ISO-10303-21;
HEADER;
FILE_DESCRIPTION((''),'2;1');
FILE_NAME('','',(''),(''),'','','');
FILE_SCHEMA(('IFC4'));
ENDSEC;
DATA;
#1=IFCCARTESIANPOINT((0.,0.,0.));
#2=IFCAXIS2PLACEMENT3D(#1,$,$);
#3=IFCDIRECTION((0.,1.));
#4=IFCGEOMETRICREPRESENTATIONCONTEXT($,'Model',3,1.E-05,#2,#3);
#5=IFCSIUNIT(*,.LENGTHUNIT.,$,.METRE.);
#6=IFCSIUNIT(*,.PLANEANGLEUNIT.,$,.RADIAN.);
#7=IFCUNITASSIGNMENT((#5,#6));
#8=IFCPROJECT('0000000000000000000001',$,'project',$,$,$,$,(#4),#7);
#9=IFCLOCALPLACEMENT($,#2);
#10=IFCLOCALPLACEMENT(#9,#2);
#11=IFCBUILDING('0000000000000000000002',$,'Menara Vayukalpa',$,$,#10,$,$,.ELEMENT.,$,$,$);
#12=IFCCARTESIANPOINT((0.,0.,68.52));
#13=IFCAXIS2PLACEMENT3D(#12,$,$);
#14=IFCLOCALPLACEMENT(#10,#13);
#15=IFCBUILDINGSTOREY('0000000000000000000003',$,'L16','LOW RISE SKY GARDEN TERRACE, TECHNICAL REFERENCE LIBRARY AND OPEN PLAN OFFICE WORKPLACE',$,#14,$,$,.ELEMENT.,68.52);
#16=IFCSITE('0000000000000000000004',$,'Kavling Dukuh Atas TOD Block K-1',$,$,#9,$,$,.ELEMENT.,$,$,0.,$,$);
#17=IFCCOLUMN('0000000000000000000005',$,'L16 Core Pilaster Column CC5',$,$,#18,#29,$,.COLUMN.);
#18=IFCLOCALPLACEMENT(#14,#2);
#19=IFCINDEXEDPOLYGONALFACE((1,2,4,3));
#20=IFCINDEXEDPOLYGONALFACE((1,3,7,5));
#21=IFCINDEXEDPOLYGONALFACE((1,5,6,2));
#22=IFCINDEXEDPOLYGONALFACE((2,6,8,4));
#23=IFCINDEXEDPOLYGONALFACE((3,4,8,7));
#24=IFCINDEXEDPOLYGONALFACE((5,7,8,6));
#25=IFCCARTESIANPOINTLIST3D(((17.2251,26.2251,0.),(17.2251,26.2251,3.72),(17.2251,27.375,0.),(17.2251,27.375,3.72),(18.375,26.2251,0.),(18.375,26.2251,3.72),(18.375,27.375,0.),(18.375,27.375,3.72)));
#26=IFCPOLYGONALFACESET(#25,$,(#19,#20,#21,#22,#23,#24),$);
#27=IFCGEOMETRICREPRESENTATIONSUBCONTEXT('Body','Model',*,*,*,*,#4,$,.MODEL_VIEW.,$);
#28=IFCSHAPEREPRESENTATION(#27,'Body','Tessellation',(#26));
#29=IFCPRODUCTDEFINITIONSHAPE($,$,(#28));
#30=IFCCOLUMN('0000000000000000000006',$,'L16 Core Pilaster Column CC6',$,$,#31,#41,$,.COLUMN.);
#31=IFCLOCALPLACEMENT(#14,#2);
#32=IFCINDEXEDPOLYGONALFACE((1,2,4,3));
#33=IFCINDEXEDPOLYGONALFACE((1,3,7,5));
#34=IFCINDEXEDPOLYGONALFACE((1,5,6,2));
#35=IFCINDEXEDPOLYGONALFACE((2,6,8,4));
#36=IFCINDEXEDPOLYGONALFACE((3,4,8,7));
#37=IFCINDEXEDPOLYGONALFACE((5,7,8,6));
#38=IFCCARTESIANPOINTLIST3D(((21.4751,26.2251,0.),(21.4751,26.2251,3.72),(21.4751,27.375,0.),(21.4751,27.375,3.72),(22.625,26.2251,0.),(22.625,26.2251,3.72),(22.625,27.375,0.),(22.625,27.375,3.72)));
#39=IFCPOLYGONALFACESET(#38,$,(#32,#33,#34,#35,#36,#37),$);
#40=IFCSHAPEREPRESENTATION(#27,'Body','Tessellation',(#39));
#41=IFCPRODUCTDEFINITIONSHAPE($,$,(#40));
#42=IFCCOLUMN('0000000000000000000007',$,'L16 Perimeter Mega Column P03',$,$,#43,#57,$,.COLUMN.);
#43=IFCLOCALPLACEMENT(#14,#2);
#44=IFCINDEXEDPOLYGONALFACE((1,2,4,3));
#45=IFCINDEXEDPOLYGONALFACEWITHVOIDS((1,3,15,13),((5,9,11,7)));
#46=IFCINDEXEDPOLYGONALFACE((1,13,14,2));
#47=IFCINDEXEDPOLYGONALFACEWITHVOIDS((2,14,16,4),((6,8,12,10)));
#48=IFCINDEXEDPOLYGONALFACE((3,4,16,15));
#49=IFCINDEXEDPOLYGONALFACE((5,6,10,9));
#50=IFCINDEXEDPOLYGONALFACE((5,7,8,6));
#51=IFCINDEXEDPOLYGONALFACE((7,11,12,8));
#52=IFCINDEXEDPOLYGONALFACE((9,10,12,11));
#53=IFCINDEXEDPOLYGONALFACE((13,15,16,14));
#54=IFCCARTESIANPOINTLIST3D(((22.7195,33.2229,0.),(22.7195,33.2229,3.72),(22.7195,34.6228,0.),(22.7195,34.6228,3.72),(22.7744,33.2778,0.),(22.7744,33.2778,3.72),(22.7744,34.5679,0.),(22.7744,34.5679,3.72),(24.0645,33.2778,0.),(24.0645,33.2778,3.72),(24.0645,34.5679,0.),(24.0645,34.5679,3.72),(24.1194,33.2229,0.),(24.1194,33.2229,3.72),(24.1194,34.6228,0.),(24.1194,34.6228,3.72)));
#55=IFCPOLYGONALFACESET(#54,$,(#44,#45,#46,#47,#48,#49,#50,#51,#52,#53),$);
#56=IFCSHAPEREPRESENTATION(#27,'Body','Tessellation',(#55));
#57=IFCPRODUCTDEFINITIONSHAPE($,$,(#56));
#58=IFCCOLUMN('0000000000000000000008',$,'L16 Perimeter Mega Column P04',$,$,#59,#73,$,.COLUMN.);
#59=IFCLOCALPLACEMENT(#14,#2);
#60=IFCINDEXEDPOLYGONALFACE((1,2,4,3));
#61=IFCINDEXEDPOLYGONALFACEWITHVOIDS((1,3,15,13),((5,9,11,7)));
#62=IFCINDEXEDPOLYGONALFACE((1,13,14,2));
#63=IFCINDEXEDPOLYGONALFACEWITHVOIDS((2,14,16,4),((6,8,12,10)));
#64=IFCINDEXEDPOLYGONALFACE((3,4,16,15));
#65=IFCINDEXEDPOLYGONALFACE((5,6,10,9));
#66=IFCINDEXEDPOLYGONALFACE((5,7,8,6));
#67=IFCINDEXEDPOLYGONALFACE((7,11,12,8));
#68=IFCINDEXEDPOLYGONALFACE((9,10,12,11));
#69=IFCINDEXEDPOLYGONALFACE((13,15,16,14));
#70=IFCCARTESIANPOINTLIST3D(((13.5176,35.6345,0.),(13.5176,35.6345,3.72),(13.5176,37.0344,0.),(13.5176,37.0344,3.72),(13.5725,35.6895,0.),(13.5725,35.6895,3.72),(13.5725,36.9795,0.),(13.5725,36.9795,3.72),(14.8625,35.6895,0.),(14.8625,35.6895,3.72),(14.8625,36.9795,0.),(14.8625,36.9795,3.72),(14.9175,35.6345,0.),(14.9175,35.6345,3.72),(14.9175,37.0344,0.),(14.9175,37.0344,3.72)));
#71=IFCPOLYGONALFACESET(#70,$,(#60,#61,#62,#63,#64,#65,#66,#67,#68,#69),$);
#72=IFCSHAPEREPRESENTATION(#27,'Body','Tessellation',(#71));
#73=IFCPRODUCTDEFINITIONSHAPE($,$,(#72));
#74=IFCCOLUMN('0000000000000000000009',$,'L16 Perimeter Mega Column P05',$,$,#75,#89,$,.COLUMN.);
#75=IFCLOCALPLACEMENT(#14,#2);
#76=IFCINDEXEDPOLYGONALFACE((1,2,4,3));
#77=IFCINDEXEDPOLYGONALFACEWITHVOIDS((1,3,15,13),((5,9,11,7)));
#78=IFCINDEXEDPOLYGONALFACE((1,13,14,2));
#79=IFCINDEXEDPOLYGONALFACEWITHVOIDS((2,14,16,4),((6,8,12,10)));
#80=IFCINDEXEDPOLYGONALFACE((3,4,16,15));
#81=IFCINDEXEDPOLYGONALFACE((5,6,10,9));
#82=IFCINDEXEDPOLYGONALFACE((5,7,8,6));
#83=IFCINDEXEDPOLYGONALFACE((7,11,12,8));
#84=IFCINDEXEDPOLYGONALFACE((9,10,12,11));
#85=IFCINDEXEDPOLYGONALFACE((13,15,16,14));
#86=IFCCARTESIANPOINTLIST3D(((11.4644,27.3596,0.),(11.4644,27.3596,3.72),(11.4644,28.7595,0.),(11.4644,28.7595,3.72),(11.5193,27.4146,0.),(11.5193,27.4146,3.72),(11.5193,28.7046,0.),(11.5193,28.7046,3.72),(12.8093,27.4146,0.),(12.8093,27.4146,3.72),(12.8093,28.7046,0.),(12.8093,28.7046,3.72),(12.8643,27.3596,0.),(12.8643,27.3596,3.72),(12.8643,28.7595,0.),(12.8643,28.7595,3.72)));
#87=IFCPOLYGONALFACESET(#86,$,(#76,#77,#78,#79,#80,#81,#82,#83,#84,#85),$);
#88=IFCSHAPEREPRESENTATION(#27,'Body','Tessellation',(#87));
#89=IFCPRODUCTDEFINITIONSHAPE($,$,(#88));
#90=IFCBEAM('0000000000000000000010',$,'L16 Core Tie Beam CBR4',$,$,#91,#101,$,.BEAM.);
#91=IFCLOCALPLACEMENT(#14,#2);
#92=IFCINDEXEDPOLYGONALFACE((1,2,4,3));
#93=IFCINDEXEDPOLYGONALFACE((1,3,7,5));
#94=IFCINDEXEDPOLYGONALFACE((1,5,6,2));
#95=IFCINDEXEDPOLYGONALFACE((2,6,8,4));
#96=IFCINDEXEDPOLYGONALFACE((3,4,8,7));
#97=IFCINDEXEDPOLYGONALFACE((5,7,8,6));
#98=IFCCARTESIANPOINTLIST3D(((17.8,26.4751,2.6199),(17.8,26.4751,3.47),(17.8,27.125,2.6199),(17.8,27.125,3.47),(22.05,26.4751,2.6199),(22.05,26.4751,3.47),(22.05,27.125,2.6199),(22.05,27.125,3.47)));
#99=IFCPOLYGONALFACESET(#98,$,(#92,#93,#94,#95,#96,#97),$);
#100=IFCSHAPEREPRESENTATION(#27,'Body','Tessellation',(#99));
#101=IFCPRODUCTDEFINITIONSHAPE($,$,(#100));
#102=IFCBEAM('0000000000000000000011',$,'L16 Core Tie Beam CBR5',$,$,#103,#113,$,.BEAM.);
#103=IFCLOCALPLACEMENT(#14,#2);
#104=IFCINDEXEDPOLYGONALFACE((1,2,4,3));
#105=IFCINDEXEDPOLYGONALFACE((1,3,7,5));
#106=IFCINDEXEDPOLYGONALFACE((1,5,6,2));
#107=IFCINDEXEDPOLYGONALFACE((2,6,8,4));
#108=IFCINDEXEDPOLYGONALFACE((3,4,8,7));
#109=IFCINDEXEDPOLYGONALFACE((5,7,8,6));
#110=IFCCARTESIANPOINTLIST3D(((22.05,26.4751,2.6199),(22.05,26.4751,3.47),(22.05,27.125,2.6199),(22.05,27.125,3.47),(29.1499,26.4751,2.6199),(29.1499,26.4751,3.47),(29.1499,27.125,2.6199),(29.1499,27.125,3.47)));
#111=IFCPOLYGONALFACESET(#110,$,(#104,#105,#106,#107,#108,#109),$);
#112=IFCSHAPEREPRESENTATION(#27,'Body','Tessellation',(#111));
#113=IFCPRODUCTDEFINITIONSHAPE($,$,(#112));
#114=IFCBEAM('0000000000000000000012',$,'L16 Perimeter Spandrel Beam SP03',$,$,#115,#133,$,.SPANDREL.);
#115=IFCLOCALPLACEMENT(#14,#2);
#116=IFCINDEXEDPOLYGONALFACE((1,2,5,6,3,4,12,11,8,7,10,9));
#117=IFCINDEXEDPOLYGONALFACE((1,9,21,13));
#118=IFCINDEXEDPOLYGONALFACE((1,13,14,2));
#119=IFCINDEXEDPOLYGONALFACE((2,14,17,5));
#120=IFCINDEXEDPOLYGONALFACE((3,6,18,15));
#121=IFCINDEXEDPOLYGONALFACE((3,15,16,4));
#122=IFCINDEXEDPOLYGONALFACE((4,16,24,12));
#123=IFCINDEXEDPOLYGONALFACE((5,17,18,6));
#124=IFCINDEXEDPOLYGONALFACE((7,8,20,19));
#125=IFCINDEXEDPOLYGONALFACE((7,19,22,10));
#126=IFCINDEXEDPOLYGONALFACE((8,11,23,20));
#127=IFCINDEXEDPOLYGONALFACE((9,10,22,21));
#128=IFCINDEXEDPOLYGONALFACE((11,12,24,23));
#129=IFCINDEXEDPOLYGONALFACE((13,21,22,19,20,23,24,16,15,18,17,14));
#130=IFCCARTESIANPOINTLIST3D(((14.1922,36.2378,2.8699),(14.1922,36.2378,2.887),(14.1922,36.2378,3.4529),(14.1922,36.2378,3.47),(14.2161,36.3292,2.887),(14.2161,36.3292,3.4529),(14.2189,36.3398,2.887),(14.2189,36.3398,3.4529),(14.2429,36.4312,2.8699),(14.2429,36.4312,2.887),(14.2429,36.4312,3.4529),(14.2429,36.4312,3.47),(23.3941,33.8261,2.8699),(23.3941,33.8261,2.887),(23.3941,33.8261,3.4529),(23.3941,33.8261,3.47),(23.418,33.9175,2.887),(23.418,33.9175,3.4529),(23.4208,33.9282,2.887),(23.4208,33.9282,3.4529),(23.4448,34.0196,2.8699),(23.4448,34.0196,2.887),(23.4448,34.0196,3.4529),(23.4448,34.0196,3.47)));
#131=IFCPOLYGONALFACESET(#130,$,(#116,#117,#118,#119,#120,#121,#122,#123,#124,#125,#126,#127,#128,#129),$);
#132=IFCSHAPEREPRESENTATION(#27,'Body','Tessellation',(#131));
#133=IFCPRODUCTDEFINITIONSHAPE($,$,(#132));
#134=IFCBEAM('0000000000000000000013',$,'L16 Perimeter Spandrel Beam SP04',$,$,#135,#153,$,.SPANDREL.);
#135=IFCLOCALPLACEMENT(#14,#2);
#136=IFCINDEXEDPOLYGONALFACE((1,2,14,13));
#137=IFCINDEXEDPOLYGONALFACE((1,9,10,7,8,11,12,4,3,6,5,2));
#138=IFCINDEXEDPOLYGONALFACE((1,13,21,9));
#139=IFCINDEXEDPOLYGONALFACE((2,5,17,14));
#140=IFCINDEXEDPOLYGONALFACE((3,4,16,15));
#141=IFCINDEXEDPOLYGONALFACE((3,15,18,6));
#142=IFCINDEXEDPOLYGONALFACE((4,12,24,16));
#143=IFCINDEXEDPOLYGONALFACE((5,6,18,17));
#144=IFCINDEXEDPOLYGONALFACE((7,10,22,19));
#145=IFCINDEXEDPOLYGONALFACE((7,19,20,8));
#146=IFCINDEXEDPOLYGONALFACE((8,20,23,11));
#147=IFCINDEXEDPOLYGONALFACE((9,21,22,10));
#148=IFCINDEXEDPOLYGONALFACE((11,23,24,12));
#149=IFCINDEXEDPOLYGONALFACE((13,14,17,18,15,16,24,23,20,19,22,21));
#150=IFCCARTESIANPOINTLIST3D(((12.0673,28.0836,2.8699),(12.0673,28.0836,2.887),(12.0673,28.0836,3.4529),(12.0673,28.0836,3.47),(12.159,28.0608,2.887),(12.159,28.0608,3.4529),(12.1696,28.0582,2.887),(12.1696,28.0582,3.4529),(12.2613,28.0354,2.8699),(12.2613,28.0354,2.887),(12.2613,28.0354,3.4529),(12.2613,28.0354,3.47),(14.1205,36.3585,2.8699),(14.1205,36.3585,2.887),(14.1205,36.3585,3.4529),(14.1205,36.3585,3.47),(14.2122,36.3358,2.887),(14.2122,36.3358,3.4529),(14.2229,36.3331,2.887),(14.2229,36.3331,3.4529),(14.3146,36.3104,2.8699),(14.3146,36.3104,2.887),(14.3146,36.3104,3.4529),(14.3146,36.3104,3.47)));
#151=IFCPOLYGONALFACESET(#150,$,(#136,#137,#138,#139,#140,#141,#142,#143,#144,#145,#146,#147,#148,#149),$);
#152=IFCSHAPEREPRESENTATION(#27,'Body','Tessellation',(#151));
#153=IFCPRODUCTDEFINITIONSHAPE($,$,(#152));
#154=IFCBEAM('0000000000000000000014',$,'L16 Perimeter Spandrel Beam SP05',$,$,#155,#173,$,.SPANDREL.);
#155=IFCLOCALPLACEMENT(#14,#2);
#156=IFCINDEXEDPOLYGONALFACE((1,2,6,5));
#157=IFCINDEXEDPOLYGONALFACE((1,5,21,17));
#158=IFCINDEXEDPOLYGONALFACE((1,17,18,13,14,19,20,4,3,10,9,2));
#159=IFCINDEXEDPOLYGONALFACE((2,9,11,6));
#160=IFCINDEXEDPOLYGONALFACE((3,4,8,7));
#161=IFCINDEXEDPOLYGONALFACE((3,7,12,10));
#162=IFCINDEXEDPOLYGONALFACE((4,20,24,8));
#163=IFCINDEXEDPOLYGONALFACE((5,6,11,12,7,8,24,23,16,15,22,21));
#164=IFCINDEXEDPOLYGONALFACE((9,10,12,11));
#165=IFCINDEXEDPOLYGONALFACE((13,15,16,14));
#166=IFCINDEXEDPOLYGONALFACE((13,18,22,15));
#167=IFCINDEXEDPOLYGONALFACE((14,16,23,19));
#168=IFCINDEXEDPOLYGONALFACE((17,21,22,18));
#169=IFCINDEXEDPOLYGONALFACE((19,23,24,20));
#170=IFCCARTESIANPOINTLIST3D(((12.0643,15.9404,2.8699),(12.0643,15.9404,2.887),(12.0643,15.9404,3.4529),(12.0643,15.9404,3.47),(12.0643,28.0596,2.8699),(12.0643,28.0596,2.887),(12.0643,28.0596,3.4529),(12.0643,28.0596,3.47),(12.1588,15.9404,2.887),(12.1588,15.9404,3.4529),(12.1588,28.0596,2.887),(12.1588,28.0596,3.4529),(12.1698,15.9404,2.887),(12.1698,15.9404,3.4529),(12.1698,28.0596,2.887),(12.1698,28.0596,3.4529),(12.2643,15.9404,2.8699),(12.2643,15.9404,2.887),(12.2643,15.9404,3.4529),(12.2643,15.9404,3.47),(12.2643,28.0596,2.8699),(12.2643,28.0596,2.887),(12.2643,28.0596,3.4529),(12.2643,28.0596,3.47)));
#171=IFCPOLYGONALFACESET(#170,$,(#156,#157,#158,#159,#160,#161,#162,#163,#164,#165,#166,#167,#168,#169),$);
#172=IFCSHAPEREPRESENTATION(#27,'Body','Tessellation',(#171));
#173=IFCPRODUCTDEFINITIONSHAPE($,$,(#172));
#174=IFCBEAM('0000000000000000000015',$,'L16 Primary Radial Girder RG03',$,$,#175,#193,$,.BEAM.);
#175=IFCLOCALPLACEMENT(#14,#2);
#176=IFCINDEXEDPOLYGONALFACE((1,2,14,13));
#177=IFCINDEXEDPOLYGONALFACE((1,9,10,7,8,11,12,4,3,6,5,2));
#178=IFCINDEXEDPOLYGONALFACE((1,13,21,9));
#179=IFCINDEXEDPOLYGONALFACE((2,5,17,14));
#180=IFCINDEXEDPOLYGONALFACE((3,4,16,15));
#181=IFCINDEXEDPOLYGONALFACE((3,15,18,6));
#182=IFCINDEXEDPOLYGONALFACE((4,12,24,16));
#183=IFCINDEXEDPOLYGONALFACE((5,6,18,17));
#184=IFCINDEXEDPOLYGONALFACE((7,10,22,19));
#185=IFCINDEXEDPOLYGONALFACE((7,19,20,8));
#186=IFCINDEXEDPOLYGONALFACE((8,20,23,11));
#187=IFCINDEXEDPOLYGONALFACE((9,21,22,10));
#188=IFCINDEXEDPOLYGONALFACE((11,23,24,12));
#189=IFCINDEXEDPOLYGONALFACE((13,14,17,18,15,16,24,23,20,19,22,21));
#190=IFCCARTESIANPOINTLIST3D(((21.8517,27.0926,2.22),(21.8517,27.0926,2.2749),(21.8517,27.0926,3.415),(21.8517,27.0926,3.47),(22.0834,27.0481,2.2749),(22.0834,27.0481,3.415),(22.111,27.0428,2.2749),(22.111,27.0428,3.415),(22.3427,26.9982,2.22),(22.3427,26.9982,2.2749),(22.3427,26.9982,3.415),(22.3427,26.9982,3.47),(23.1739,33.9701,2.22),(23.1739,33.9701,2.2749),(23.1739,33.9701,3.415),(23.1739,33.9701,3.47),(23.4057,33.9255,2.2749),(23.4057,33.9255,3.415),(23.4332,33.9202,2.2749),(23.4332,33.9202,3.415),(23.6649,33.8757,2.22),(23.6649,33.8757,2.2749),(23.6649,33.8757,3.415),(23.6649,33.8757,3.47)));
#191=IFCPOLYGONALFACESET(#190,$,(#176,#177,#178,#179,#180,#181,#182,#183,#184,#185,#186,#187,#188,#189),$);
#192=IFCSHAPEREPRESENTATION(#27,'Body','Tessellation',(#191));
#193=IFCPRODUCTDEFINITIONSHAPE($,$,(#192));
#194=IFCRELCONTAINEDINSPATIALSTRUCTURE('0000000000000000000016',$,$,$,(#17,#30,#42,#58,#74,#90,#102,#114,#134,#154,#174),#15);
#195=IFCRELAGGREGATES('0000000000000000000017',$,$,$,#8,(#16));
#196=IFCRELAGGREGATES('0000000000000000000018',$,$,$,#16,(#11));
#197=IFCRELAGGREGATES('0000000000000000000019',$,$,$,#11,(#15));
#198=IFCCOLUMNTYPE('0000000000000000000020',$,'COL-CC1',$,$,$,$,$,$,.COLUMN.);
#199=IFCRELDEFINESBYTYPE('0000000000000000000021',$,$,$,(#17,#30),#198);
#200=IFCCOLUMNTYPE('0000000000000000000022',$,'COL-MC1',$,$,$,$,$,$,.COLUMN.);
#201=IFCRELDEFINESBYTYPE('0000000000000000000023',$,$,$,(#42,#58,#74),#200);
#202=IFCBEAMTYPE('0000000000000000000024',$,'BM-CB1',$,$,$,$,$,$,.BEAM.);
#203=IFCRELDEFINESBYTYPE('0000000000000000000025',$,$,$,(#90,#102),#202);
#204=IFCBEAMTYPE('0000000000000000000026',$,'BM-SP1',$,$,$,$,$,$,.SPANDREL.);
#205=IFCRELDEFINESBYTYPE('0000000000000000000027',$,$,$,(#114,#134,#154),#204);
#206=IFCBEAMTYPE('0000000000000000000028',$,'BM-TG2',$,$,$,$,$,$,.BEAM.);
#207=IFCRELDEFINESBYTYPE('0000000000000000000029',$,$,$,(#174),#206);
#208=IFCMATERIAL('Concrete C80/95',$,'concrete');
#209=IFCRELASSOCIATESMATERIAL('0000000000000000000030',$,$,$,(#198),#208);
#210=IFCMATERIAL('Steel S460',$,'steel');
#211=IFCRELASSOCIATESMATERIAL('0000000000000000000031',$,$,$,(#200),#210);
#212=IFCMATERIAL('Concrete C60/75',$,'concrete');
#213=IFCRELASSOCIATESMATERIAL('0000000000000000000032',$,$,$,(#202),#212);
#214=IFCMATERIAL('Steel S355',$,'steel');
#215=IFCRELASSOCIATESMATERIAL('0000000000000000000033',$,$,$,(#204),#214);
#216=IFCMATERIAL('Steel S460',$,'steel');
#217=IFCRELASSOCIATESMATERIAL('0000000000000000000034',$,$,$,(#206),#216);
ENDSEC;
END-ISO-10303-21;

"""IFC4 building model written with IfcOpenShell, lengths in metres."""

from ifc_helpers import new_model, si_unit, direction, frame, origin, origin_2d, place, context, subcontext, project, spatial, rectangle, hollow_rectangle, i_section, extrude, material, material_profile, profile_set, type_object, element, save


model = new_model("IFC4")

# Units and contexts
model_context = context("Model", 3, precision=1e-05, world=origin(), true_north=direction((0.0, 1.0)))
body_context = subcontext(model_context, "Body", "Model", "MODEL_VIEW")
ifc_project = project(units=[si_unit("LENGTHUNIT", "METRE"), si_unit("PLANEANGLEUNIT", "RADIAN")], contexts=[model_context])

# Site, building, storey
site_placement = place(None, origin())
site = spatial("IfcSite", under=ifc_project, at=site_placement, Name="Kavling Dukuh Atas TOD Block K-1", CompositionType="ELEMENT", RefElevation=0.0)
building_placement = place(site_placement, origin())
building = spatial("IfcBuilding", under=site, at=building_placement, Name="Menara Vayukalpa", CompositionType="ELEMENT")
storey_placement = place(building_placement, frame((0.0, 0.0, 68.52)))
storey = spatial("IfcBuildingStorey", under=building, at=storey_placement, Name="L16", Description="LOW RISE SKY GARDEN TERRACE, TECHNICAL REFERENCE LIBRARY AND OPEN PLAN OFFICE WORKPLACE", CompositionType="ELEMENT", Elevation=68.52)

# Columns
ifc_material_1 = material(Name="Concrete C80/95", Category="concrete")
ifc_material_profile_1 = material_profile(ifc_material_1, rectangle(XDim=1.1499, YDim=1.1499, at=origin_2d()), Name="RC 1150x1150")
ifc_profile_set_1 = profile_set([ifc_material_profile_1], Name="Concrete C80/95")
column_type_1 = type_object("IfcColumnType", Name="COL-CC1", PredefinedType="COLUMN", material=ifc_profile_set_1)
for number, where, z_axis, x_axis, name in (
    (1, (17.8, 26.8, 0.0), (0.0, 0.0, 1.0), (1.0, 0.0, 0.0), "L16 Core Pilaster Column CC5"),
    (2, (22.05, 26.8, 0.0), (0.0, 0.0, 1.0), (1.0, 0.0, 0.0), "L16 Core Pilaster Column CC6"),
):
    element("IfcColumn", number, at=place(storey_placement, frame(where, z_axis=z_axis, x_axis=x_axis)), inside=storey, type_object=column_type_1, Name=name, PredefinedType="COLUMN", context=body_context, shape_type="SweptSolid", body=[
        extrude(rectangle(XDim=1.1499, YDim=1.1499, at=origin_2d()), origin(), (0.0, 0.0, 1.0), 3.72),
    ])
ifc_material_2 = material(Name="Steel S460", Category="steel")
ifc_material_profile_2 = material_profile(ifc_material_2, hollow_rectangle(XDim=1.3999, YDim=1.3999, WallThickness=0.0549, at=origin_2d()), Name="BOX 1400x1400x55")
ifc_profile_set_2 = profile_set([ifc_material_profile_2], Name="Steel S460")
column_type_2 = type_object("IfcColumnType", Name="COL-MC1", PredefinedType="COLUMN", material=ifc_profile_set_2)
for number, where, z_axis, x_axis, name in (
    (3, (23.4194, 33.9229, 0.0), (0.0, 0.0, 1.0), (1.0, 0.0, 0.0), "L16 Perimeter Mega Column P03"),
    (4, (14.2175, 36.3345, 0.0), (0.0, 0.0, 1.0), (1.0, 0.0, 0.0), "L16 Perimeter Mega Column P04"),
    (5, (12.1643, 28.0596, 0.0), (0.0, 0.0, 1.0), (1.0, 0.0, 0.0), "L16 Perimeter Mega Column P05"),
):
    element("IfcColumn", number, at=place(storey_placement, frame(where, z_axis=z_axis, x_axis=x_axis)), inside=storey, type_object=column_type_2, Name=name, PredefinedType="COLUMN", context=body_context, shape_type="SweptSolid", body=[
        extrude(hollow_rectangle(XDim=1.3999, YDim=1.3999, WallThickness=0.0549, at=origin_2d()), origin(), (0.0, 0.0, 1.0), 3.72),
    ])

# Beams
ifc_material_3 = material(Name="Concrete C60/75", Category="concrete")
ifc_material_profile_3 = material_profile(ifc_material_3, rectangle(XDim=0.6499, YDim=0.8501, at=origin_2d()), Name="RC 650x850")
ifc_profile_set_3 = profile_set([ifc_material_profile_3], Name="Concrete C60/75")
beam_type_1 = type_object("IfcBeamType", Name="BM-CB1", PredefinedType="BEAM", material=ifc_profile_set_3)
beam_1_placement = place(storey_placement, frame((17.8, 26.8, 3.0449), z_axis=(1.0, 0.0, 0.0), x_axis=(0.0, 1.0, 0.0)))
element("IfcBeam", 6, at=beam_1_placement, inside=storey, type_object=beam_type_1, Name="L16 Core Tie Beam CBR4", PredefinedType="BEAM", context=body_context, shape_type="SweptSolid", body=[
    extrude(rectangle(XDim=0.6499, YDim=0.8501, at=origin_2d()), origin(), (0.0, 0.0, 1.0), 4.25),
])
beam_2_placement = place(storey_placement, frame((22.05, 26.8, 3.0449), z_axis=(1.0, 0.0, 0.0), x_axis=(0.0, 1.0, 0.0)))
element("IfcBeam", 7, at=beam_2_placement, inside=storey, type_object=beam_type_1, Name="L16 Core Tie Beam CBR5", PredefinedType="BEAM", context=body_context, shape_type="SweptSolid", body=[
    extrude(rectangle(XDim=0.6499, YDim=0.8501, at=origin_2d()), origin(), (0.0, 0.0, 1.0), 7.0999),
])
ifc_material_4 = material(Name="Steel S355", Category="steel")
ifc_material_profile_4 = material_profile(ifc_material_4, i_section(OverallWidth=0.2, OverallDepth=0.6001, WebThickness=0.011, FlangeThickness=0.0171, at=origin_2d()), Name="WF 600x200x11x17")
ifc_profile_set_4 = profile_set([ifc_material_profile_4], Name="Steel S355")
beam_type_2 = type_object("IfcBeamType", Name="BM-SP1", PredefinedType="SPANDREL", material=ifc_profile_set_4)
beam_3_placement = place(storey_placement, frame((23.4194, 33.9229, 3.1699), z_axis=(-0.967331, 0.253517, 0.0), x_axis=(-0.253517, -0.967331, 0.0)))
element("IfcBeam", 8, at=beam_3_placement, inside=storey, type_object=beam_type_2, Name="L16 Perimeter Spandrel Beam SP03", PredefinedType="SPANDREL", context=body_context, shape_type="SweptSolid", body=[
    extrude(i_section(OverallWidth=0.2, OverallDepth=0.6001, WebThickness=0.011, FlangeThickness=0.0171, at=origin_2d()), origin(), (0.0, 0.0, 1.0), 9.5127),
])
beam_4_placement = place(storey_placement, frame((14.2175, 36.3345, 3.1699), z_axis=(-0.240824, -0.970569, 0.0), x_axis=(0.970569, -0.240824, 0.0)))
element("IfcBeam", 9, at=beam_4_placement, inside=storey, type_object=beam_type_2, Name="L16 Perimeter Spandrel Beam SP04", PredefinedType="SPANDREL", context=body_context, shape_type="SweptSolid", body=[
    extrude(i_section(OverallWidth=0.2, OverallDepth=0.6001, WebThickness=0.011, FlangeThickness=0.0171, at=origin_2d()), origin(), (0.0, 0.0, 1.0), 8.5259),
])
beam_5_placement = place(storey_placement, frame((12.1643, 28.0596, 3.1699), z_axis=(0.0, -1.0, 0.0), x_axis=(1.0, 0.0, 0.0)))
element("IfcBeam", 10, at=beam_5_placement, inside=storey, type_object=beam_type_2, Name="L16 Perimeter Spandrel Beam SP05", PredefinedType="SPANDREL", context=body_context, shape_type="SweptSolid", body=[
    extrude(i_section(OverallWidth=0.2, OverallDepth=0.6001, WebThickness=0.011, FlangeThickness=0.0171, at=origin_2d()), origin(), (0.0, 0.0, 1.0), 12.1191),
])
ifc_material_5 = material(Name="Steel S460", Category="steel")
ifc_material_profile_5 = material_profile(ifc_material_5, i_section(OverallWidth=0.5, OverallDepth=1.25, WebThickness=0.0281, FlangeThickness=0.0549, at=origin_2d()), Name="WG 1250x500x28x55")
ifc_profile_set_5 = profile_set([ifc_material_profile_5], Name="Steel S460")
beam_type_3 = type_object("IfcBeamType", Name="BM-TG2", PredefinedType="BEAM", material=ifc_profile_set_5)
beam_6_placement = place(storey_placement, frame((22.0972, 27.0454, 2.845), z_axis=(0.188803, 0.982015, 0.0), x_axis=(-0.982015, 0.188803, 0.0)))
element("IfcBeam", 11, at=beam_6_placement, inside=storey, type_object=beam_type_3, Name="L16 Primary Radial Girder RG03", PredefinedType="BEAM", context=body_context, shape_type="SweptSolid", body=[
    extrude(i_section(OverallWidth=0.5, OverallDepth=1.25, WebThickness=0.0281, FlangeThickness=0.0549, at=origin_2d()), origin(), (0.0, 0.0, 1.0), 7.0034),
])

save(model, "model.ifc")
